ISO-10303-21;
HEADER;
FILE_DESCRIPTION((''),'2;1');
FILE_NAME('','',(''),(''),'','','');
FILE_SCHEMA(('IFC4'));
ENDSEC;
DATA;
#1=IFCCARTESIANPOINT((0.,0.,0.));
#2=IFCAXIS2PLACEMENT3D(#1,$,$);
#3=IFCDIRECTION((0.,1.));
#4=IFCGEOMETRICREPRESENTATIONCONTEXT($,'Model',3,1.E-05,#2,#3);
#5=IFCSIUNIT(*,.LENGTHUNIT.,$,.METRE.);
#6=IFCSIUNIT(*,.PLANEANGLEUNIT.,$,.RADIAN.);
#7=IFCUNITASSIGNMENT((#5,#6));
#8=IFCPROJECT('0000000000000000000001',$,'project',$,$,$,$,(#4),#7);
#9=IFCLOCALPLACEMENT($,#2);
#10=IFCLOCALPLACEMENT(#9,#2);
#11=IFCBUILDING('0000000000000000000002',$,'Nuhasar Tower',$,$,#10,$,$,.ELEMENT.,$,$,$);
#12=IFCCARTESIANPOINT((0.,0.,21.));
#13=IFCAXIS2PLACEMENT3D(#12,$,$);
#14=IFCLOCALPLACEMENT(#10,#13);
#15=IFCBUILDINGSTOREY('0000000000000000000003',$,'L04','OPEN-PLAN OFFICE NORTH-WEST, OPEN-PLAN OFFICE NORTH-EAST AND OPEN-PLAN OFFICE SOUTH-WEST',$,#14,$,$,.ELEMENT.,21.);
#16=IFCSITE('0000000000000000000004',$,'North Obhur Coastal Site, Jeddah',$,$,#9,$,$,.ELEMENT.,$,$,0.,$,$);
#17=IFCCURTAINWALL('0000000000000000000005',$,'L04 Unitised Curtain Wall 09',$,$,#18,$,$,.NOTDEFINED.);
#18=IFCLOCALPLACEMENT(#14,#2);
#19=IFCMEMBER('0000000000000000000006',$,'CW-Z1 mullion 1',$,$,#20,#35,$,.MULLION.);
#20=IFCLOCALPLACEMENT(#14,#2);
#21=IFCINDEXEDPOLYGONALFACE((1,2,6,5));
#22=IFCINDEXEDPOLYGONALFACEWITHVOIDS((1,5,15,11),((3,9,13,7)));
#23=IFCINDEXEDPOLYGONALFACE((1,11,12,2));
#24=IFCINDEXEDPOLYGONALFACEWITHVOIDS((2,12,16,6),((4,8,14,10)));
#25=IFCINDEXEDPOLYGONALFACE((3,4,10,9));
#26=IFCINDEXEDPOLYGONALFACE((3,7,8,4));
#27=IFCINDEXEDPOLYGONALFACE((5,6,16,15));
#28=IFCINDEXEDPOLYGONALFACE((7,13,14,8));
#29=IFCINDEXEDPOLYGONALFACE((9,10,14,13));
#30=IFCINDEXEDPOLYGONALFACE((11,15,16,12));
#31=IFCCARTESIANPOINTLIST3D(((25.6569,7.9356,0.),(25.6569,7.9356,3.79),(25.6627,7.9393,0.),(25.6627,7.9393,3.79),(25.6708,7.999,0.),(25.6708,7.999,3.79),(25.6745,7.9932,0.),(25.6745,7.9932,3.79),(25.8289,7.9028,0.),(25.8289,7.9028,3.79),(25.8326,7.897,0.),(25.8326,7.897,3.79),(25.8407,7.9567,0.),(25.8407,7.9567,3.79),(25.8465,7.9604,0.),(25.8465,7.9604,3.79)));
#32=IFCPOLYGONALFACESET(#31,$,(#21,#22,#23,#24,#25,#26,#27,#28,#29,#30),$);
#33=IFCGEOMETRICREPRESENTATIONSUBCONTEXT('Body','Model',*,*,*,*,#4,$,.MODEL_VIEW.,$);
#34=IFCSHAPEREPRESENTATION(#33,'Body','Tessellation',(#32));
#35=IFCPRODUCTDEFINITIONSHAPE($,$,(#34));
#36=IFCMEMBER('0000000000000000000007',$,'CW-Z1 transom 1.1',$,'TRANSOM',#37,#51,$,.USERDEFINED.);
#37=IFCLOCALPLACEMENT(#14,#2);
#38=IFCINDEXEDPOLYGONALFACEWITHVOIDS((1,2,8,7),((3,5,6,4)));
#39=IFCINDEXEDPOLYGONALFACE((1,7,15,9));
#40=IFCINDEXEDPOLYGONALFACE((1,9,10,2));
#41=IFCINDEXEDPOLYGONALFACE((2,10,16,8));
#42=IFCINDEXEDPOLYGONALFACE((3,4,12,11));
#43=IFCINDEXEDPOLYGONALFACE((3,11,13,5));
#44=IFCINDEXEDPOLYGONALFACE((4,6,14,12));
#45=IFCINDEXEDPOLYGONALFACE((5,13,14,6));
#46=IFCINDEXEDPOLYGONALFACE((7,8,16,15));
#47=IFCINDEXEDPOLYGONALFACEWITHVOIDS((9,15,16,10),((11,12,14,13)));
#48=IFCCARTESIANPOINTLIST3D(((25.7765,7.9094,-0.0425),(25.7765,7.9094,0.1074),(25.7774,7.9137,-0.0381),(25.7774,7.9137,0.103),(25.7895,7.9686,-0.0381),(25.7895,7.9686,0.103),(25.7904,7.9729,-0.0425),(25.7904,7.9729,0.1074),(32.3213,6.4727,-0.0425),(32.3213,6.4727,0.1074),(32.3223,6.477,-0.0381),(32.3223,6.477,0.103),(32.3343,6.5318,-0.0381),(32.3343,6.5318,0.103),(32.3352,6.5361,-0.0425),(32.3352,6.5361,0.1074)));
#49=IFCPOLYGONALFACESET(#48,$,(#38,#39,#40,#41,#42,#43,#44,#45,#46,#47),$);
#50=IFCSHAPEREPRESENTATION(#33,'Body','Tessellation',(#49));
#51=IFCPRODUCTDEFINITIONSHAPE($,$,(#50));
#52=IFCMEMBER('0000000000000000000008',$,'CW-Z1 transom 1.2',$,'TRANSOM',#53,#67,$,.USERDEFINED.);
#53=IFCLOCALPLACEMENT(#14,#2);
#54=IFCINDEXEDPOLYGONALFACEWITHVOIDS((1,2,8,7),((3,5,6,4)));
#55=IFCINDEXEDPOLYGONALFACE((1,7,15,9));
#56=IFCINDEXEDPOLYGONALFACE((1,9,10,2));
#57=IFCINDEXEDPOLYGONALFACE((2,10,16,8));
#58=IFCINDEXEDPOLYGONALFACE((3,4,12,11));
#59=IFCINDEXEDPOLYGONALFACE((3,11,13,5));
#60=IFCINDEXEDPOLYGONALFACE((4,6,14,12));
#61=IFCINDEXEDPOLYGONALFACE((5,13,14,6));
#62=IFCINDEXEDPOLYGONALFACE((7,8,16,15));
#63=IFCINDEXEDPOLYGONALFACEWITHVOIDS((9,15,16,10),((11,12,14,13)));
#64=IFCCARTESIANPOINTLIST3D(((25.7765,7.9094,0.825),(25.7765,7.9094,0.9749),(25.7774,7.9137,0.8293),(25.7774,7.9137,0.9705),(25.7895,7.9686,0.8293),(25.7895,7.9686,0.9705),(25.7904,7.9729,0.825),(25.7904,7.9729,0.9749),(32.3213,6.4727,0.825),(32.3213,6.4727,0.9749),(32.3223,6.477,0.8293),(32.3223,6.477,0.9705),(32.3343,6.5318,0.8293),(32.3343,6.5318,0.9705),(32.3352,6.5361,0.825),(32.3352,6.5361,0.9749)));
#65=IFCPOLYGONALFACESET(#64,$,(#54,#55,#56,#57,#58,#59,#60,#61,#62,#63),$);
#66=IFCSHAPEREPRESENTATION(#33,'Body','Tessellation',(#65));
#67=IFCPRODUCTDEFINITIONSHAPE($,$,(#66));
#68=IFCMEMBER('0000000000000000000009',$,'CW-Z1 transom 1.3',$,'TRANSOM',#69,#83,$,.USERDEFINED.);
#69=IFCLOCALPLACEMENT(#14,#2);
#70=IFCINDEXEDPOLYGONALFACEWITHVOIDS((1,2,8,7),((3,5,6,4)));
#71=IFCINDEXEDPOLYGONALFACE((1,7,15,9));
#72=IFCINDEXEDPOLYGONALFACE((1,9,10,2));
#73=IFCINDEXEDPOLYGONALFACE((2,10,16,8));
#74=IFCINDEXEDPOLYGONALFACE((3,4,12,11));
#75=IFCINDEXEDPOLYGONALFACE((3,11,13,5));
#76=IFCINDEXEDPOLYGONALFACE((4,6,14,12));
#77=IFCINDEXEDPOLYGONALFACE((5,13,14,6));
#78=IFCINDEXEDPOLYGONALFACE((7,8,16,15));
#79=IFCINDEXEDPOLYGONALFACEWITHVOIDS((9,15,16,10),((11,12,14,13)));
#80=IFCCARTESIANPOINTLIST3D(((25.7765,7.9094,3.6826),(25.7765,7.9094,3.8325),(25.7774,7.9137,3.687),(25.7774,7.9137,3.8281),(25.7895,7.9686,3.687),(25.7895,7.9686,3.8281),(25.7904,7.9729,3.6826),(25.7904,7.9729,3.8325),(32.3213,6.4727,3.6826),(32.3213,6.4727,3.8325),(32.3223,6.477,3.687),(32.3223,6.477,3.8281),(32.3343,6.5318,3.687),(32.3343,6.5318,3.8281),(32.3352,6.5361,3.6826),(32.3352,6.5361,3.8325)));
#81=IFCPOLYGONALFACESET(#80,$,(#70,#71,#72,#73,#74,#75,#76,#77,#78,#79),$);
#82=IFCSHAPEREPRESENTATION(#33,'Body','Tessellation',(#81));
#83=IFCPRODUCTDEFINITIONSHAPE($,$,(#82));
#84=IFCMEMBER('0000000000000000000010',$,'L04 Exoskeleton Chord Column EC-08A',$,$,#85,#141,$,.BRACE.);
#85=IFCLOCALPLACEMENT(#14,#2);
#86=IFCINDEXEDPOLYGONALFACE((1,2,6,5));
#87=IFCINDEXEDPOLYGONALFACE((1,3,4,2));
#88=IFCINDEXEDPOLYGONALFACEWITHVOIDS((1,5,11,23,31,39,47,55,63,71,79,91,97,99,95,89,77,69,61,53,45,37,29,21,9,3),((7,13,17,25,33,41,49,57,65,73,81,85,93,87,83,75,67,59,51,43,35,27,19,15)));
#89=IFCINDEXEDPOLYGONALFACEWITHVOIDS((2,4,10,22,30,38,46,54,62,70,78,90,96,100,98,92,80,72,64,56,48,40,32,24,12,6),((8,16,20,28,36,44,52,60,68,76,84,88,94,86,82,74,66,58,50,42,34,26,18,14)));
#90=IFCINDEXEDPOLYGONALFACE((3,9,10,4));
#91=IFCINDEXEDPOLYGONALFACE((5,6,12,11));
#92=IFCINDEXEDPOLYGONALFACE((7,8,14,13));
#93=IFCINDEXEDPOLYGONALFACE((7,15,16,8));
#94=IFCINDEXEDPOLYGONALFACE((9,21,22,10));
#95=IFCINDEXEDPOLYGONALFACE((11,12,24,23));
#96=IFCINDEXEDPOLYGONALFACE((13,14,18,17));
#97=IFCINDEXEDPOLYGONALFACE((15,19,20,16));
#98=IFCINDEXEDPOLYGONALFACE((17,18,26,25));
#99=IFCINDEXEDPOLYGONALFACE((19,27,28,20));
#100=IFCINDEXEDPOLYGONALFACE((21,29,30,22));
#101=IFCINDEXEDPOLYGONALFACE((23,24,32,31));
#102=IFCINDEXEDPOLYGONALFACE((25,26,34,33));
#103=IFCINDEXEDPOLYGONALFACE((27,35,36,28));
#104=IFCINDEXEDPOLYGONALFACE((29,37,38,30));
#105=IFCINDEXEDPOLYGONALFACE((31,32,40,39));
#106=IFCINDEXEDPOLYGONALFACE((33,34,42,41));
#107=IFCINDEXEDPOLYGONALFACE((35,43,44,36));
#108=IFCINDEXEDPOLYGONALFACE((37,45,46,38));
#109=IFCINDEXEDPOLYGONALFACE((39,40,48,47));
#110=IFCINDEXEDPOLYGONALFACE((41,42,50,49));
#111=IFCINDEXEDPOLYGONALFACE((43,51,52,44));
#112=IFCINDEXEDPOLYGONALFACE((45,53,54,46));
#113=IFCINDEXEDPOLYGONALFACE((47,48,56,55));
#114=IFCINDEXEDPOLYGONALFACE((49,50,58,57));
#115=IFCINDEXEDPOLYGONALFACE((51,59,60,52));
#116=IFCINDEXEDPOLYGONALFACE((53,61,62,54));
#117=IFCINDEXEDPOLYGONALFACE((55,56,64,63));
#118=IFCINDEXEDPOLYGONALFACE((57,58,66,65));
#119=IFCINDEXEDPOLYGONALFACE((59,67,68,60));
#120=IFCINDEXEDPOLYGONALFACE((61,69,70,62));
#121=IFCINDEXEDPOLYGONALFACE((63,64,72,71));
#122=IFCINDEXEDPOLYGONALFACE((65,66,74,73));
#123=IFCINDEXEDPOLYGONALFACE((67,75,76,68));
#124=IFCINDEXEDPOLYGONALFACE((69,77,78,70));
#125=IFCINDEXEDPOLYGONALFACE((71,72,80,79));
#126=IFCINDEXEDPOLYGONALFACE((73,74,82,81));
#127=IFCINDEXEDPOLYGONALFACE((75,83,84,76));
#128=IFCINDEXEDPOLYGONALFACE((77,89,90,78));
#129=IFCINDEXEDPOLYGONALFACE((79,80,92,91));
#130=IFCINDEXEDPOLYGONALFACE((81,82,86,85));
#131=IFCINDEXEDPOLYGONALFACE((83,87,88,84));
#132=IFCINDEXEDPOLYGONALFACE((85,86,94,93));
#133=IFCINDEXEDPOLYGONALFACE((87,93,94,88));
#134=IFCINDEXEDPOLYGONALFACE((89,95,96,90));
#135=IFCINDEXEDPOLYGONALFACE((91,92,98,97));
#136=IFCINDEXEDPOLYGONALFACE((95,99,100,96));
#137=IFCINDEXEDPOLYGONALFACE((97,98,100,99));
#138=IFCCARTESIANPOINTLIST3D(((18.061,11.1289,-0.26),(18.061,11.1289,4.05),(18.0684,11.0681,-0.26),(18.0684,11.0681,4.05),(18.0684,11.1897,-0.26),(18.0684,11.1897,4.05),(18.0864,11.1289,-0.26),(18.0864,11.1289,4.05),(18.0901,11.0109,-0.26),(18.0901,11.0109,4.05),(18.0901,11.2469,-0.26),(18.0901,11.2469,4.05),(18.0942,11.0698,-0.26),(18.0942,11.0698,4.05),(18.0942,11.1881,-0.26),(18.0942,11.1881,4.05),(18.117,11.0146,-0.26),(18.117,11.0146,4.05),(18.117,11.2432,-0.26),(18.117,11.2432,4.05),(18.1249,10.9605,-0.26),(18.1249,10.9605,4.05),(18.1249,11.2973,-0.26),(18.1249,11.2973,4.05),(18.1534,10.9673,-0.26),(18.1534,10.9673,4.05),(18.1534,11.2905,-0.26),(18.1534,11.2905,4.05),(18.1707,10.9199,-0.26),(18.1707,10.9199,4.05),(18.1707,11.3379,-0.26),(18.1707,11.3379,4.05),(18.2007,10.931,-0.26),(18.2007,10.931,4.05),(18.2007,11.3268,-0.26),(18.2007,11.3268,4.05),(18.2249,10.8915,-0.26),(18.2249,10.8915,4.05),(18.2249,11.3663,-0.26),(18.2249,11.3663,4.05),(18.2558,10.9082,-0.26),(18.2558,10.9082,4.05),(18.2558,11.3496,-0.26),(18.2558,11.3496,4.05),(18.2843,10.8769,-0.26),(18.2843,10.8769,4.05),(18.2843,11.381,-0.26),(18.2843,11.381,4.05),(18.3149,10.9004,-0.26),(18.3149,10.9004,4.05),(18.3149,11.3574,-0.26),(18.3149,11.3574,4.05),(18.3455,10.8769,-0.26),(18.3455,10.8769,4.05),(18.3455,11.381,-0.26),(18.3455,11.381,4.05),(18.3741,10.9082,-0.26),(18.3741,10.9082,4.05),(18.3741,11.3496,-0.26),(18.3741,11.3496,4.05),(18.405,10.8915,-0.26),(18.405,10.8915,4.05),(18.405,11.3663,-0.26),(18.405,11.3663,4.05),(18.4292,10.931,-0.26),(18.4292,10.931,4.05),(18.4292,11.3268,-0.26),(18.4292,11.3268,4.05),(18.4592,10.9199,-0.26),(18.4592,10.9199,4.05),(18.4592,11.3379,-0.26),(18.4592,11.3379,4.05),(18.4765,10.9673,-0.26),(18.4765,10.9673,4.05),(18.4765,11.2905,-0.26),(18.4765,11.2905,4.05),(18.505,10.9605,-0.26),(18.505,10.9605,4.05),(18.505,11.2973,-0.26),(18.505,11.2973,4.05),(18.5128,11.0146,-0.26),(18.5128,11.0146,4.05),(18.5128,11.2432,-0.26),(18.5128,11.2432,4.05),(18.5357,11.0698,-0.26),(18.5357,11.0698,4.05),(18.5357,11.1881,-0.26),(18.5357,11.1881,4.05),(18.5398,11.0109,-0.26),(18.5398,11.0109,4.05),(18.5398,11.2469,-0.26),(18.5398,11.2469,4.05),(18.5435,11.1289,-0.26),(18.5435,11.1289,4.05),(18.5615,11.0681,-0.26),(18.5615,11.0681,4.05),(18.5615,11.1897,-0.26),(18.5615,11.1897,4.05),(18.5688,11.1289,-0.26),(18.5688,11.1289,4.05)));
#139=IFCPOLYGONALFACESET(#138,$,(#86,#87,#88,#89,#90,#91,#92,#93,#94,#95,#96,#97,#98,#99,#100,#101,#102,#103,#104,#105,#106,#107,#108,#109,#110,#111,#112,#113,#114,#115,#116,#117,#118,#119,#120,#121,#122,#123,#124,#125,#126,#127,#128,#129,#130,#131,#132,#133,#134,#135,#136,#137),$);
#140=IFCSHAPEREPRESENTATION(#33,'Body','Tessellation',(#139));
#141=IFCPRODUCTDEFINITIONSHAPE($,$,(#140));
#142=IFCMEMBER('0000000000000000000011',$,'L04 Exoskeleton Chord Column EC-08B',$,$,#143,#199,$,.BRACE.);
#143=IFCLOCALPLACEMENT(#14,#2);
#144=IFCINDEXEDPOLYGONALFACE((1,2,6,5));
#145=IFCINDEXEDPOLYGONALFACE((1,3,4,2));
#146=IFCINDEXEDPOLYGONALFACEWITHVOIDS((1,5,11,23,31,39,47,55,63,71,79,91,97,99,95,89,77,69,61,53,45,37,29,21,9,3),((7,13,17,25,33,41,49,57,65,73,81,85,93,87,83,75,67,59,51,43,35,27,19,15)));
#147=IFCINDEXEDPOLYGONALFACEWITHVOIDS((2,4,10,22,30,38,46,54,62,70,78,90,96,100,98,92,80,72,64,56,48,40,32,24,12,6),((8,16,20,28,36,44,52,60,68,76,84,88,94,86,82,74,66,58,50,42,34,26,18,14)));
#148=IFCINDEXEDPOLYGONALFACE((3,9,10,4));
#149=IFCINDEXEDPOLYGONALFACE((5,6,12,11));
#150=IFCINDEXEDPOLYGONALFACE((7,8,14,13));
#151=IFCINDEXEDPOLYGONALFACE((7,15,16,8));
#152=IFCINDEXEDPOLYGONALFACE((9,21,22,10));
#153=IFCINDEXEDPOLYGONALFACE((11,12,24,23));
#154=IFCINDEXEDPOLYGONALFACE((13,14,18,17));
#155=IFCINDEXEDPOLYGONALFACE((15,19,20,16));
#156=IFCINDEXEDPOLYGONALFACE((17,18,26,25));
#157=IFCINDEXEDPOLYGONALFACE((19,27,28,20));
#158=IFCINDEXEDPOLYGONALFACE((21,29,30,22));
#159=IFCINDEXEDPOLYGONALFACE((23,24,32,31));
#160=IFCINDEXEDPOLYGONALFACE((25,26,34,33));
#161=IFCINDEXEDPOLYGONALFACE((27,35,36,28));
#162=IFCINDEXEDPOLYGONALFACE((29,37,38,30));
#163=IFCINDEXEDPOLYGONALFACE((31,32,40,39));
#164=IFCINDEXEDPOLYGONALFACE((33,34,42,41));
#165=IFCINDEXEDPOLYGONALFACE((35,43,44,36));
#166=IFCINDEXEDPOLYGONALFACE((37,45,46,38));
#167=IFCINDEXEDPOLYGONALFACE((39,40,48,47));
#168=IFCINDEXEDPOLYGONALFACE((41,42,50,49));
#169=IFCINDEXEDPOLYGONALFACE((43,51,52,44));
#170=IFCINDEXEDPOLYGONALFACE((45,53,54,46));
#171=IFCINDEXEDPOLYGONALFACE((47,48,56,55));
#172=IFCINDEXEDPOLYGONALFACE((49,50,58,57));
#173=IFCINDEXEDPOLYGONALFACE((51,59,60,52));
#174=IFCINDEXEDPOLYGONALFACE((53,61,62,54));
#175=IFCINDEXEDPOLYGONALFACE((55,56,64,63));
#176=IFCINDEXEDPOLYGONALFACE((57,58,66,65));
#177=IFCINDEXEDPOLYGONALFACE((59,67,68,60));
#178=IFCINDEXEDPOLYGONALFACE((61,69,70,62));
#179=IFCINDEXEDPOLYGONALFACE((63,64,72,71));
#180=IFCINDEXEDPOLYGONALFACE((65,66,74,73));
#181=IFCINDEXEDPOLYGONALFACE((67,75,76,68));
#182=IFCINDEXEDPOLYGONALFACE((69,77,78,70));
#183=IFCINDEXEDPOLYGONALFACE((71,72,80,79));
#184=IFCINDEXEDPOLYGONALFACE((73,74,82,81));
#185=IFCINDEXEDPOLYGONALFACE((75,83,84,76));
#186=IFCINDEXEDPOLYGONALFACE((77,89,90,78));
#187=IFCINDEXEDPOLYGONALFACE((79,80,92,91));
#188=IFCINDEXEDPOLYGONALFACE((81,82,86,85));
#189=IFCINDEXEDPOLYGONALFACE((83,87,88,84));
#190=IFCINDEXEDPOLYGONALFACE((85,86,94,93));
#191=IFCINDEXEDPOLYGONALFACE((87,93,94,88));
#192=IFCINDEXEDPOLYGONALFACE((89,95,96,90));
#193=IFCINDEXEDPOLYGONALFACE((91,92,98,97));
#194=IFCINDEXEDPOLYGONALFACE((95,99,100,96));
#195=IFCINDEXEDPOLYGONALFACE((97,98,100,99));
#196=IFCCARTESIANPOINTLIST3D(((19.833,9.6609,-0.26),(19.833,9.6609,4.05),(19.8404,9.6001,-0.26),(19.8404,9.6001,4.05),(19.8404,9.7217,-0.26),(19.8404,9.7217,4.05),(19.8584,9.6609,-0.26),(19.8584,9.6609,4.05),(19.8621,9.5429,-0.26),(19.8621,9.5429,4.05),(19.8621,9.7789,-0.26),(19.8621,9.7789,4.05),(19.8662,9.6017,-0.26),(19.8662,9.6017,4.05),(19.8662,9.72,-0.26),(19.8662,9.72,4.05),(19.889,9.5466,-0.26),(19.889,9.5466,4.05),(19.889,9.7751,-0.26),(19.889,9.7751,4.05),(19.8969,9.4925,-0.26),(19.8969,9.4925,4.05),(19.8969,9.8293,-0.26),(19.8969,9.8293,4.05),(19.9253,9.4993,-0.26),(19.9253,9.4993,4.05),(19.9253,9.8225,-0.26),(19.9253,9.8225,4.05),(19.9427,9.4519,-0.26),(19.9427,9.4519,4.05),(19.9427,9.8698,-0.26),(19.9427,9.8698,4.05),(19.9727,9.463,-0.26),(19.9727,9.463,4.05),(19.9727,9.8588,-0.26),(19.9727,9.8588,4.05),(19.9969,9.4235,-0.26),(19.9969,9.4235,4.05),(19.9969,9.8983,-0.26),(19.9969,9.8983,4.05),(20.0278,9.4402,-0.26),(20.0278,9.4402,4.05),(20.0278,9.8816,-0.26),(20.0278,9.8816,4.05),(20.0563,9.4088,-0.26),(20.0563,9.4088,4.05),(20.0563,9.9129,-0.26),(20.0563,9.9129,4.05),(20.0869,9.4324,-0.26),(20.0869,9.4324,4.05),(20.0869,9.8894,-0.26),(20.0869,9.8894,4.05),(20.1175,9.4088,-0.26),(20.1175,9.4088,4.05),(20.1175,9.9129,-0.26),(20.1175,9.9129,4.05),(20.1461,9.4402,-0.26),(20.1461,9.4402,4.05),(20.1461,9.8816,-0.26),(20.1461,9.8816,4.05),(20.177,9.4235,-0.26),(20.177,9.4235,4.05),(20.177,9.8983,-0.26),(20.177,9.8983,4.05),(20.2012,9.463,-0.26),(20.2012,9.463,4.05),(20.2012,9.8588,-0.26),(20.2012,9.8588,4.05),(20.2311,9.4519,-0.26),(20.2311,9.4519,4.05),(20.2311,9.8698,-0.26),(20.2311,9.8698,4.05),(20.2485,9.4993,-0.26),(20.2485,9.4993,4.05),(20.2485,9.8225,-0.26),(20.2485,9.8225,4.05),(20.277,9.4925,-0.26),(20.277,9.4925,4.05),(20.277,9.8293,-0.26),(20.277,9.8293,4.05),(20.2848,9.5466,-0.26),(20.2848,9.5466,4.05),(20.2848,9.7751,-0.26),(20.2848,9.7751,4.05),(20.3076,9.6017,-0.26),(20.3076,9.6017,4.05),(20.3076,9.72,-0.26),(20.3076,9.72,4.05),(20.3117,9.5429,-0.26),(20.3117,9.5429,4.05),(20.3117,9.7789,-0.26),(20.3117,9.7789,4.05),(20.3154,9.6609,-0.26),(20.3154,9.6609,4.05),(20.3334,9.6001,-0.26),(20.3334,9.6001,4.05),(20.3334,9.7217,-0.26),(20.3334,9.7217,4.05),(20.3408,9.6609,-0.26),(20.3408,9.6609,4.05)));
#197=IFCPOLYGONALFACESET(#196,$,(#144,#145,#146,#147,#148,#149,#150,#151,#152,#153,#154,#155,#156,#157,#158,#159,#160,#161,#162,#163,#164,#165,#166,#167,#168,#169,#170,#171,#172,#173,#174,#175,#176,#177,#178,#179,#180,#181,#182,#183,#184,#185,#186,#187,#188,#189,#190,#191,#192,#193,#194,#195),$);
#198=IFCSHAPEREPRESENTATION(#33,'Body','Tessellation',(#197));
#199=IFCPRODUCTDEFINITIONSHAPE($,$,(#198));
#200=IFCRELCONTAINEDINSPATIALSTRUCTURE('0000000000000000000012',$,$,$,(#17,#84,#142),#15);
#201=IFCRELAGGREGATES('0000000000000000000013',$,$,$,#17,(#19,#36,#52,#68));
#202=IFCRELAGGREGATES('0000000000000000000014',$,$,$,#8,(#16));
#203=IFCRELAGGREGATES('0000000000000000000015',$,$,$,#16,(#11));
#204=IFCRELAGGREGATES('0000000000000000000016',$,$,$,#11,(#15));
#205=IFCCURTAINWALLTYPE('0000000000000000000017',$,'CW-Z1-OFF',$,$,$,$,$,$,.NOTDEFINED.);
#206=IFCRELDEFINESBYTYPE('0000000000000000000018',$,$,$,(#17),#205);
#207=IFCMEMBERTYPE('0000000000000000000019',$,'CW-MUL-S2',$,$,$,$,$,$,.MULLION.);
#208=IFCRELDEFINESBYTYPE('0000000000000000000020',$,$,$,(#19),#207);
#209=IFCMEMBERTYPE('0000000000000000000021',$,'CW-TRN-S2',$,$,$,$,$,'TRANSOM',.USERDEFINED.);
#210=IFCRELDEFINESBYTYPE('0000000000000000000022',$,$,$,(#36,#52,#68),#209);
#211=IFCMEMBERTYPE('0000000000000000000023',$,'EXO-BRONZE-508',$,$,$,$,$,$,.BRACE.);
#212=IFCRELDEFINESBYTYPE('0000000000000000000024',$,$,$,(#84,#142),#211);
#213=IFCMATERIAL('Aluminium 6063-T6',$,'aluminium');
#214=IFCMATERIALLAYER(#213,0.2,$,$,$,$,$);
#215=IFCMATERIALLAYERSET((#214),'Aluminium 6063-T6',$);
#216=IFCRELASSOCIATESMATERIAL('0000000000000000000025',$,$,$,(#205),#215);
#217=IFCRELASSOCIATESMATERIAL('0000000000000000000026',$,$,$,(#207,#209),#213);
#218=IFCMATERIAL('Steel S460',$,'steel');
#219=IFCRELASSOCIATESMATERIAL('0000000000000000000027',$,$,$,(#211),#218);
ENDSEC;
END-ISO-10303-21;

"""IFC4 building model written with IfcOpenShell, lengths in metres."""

from ifc_helpers import new_model, si_unit, direction, frame, origin, origin_2d, place, context, subcontext, project, spatial, hollow_rectangle, hollow_circle, extrude, material, layer, layer_set, material_profile, profile_set, type_object, element, aggregate, save


model = new_model("IFC4")

# Units and contexts
model_context = context("Model", 3, precision=1e-05, world=origin(), true_north=direction((0.0, 1.0)))
body_context = subcontext(model_context, "Body", "Model", "MODEL_VIEW")
ifc_project = project(units=[si_unit("LENGTHUNIT", "METRE"), si_unit("PLANEANGLEUNIT", "RADIAN")], contexts=[model_context])

# Site, building, storey
site_placement = place(None, origin())
site = spatial("IfcSite", under=ifc_project, at=site_placement, Name="North Obhur Coastal Site, Jeddah", CompositionType="ELEMENT", RefElevation=0.0)
building_placement = place(site_placement, origin())
building = spatial("IfcBuilding", under=site, at=building_placement, Name="Nuhasar Tower", CompositionType="ELEMENT")
storey_placement = place(building_placement, frame((0.0, 0.0, 21.0)))
storey = spatial("IfcBuildingStorey", under=building, at=storey_placement, Name="L04", Description="OPEN-PLAN OFFICE NORTH-WEST, OPEN-PLAN OFFICE NORTH-EAST AND OPEN-PLAN OFFICE SOUTH-WEST", CompositionType="ELEMENT", Elevation=21.0)

# Shared definitions
ifc_material_1 = material(Name="Steel S460", Category="steel")

# Shared definitions
ifc_material_2 = material(Name="Aluminium 6063-T6", Category="aluminium")
ifc_layer_1 = layer(ifc_material_2, 0.2)
ifc_layer_set_1 = layer_set([ifc_layer_1], Name="Aluminium 6063-T6")
curtain_wall_type = type_object("IfcCurtainWallType", Name="CW-Z1-OFF", PredefinedType="NOTDEFINED", material=ifc_layer_set_1)
ifc_material_profile_1 = material_profile(ifc_material_2, hollow_rectangle(XDim=0.0649, YDim=0.1799, WallThickness=0.0049, at=origin_2d()), Name="CWM-2")
ifc_profile_set_1 = profile_set([ifc_material_profile_1], Name="Aluminium 6063-T6")
member_type_1 = type_object("IfcMemberType", Name="CW-MUL-S2", PredefinedType="MULLION", material=ifc_profile_set_1)

# Curtain wall, members
curtain_wall_1_placement = place(storey_placement, origin())
curtain_wall_1 = element("IfcCurtainWall", 1, at=curtain_wall_1_placement, inside=storey, type_object=curtain_wall_type, Name="L04 Unitised Curtain Wall 09", PredefinedType="NOTDEFINED")
member_1_placement = place(storey_placement, frame((25.7517, 7.948, 0.0), z_axis=(0.0, 0.0, 1.0), x_axis=(0.214399, 0.976746, 0.0)))
member_1 = element("IfcMember", 2, at=member_1_placement, type_object=member_type_1, Name="CW-Z1 mullion 1", PredefinedType="MULLION", context=body_context, shape_type="SweptSolid", body=[
    extrude(hollow_rectangle(XDim=0.0649, YDim=0.1799, WallThickness=0.0049, at=origin_2d()), origin(), (0.0, 0.0, 1.0), 3.79),
])
ifc_material_profile_2 = material_profile(ifc_material_2, hollow_rectangle(XDim=0.0649, YDim=0.1499, WallThickness=0.0044, at=origin_2d()), Name="CWT-2")
ifc_profile_set_2 = profile_set([ifc_material_profile_2], Name="Aluminium 6063-T6")
member_type_2 = type_object("IfcMemberType", Name="CW-TRN-S2", ElementType="TRANSOM", PredefinedType="USERDEFINED", material=ifc_profile_set_2)
member_2_placement = place(storey_placement, frame((25.7834, 7.9412, 0.0325), z_axis=(0.976742, -0.214418, 0.0), x_axis=(0.214418, 0.976742, 0.0)))
member_2 = element("IfcMember", 3, at=member_2_placement, type_object=member_type_2, Name="CW-Z1 transom 1.1", ObjectType="TRANSOM", PredefinedType="USERDEFINED", context=body_context, shape_type="SweptSolid", body=[
    extrude(hollow_rectangle(XDim=0.0649, YDim=0.1499, WallThickness=0.0044, at=origin_2d()), origin(), (0.0, 0.0, 1.0), 6.7007),
])
member_3_placement = place(storey_placement, frame((25.7834, 7.9412, 0.8999), z_axis=(0.976742, -0.214418, 0.0), x_axis=(0.214418, 0.976742, 0.0)))
member_3 = element("IfcMember", 4, at=member_3_placement, type_object=member_type_2, Name="CW-Z1 transom 1.2", ObjectType="TRANSOM", PredefinedType="USERDEFINED", context=body_context, shape_type="SweptSolid", body=[
    extrude(hollow_rectangle(XDim=0.0649, YDim=0.1499, WallThickness=0.0044, at=origin_2d()), origin(), (0.0, 0.0, 1.0), 6.7007),
])
member_4_placement = place(storey_placement, frame((25.7834, 7.9412, 3.7576), z_axis=(0.976742, -0.214418, 0.0), x_axis=(0.214418, 0.976742, 0.0)))
member_4 = element("IfcMember", 5, at=member_4_placement, type_object=member_type_2, Name="CW-Z1 transom 1.3", ObjectType="TRANSOM", PredefinedType="USERDEFINED", context=body_context, shape_type="SweptSolid", body=[
    extrude(hollow_rectangle(XDim=0.0649, YDim=0.1499, WallThickness=0.0044, at=origin_2d()), origin(), (0.0, 0.0, 1.0), 6.7007),
])
aggregate(curtain_wall_1, [member_1, member_2, member_3, member_4])

# Members
ifc_material_profile_3 = material_profile(ifc_material_1, hollow_circle(Radius=0.2539, WallThickness=0.0254, at=origin_2d()), Name="HSS508X25.4")
ifc_profile_set_3 = profile_set([ifc_material_profile_3], Name="Steel S460")
member_type_3 = type_object("IfcMemberType", Name="EXO-BRONZE-508", PredefinedType="BRACE", material=ifc_profile_set_3)
for number, where, z_axis, x_axis, name in (
    (6, (18.3149, 11.1289, -0.26), (0.0, 0.0, 1.0), (1.0, 0.0, 0.0), "L04 Exoskeleton Chord Column EC-08A"),
    (7, (20.0869, 9.6609, -0.26), (0.0, 0.0, 1.0), (1.0, 0.0, 0.0), "L04 Exoskeleton Chord Column EC-08B"),
):
    element("IfcMember", number, at=place(storey_placement, frame(where, z_axis=z_axis, x_axis=x_axis)), inside=storey, type_object=member_type_3, Name=name, PredefinedType="BRACE", context=body_context, shape_type="SweptSolid", body=[
        extrude(hollow_circle(Radius=0.2539, WallThickness=0.0254, at=origin_2d()), origin(), (0.0, 0.0, 1.0), 4.3101),
    ])

save(model, "model.ifc")
